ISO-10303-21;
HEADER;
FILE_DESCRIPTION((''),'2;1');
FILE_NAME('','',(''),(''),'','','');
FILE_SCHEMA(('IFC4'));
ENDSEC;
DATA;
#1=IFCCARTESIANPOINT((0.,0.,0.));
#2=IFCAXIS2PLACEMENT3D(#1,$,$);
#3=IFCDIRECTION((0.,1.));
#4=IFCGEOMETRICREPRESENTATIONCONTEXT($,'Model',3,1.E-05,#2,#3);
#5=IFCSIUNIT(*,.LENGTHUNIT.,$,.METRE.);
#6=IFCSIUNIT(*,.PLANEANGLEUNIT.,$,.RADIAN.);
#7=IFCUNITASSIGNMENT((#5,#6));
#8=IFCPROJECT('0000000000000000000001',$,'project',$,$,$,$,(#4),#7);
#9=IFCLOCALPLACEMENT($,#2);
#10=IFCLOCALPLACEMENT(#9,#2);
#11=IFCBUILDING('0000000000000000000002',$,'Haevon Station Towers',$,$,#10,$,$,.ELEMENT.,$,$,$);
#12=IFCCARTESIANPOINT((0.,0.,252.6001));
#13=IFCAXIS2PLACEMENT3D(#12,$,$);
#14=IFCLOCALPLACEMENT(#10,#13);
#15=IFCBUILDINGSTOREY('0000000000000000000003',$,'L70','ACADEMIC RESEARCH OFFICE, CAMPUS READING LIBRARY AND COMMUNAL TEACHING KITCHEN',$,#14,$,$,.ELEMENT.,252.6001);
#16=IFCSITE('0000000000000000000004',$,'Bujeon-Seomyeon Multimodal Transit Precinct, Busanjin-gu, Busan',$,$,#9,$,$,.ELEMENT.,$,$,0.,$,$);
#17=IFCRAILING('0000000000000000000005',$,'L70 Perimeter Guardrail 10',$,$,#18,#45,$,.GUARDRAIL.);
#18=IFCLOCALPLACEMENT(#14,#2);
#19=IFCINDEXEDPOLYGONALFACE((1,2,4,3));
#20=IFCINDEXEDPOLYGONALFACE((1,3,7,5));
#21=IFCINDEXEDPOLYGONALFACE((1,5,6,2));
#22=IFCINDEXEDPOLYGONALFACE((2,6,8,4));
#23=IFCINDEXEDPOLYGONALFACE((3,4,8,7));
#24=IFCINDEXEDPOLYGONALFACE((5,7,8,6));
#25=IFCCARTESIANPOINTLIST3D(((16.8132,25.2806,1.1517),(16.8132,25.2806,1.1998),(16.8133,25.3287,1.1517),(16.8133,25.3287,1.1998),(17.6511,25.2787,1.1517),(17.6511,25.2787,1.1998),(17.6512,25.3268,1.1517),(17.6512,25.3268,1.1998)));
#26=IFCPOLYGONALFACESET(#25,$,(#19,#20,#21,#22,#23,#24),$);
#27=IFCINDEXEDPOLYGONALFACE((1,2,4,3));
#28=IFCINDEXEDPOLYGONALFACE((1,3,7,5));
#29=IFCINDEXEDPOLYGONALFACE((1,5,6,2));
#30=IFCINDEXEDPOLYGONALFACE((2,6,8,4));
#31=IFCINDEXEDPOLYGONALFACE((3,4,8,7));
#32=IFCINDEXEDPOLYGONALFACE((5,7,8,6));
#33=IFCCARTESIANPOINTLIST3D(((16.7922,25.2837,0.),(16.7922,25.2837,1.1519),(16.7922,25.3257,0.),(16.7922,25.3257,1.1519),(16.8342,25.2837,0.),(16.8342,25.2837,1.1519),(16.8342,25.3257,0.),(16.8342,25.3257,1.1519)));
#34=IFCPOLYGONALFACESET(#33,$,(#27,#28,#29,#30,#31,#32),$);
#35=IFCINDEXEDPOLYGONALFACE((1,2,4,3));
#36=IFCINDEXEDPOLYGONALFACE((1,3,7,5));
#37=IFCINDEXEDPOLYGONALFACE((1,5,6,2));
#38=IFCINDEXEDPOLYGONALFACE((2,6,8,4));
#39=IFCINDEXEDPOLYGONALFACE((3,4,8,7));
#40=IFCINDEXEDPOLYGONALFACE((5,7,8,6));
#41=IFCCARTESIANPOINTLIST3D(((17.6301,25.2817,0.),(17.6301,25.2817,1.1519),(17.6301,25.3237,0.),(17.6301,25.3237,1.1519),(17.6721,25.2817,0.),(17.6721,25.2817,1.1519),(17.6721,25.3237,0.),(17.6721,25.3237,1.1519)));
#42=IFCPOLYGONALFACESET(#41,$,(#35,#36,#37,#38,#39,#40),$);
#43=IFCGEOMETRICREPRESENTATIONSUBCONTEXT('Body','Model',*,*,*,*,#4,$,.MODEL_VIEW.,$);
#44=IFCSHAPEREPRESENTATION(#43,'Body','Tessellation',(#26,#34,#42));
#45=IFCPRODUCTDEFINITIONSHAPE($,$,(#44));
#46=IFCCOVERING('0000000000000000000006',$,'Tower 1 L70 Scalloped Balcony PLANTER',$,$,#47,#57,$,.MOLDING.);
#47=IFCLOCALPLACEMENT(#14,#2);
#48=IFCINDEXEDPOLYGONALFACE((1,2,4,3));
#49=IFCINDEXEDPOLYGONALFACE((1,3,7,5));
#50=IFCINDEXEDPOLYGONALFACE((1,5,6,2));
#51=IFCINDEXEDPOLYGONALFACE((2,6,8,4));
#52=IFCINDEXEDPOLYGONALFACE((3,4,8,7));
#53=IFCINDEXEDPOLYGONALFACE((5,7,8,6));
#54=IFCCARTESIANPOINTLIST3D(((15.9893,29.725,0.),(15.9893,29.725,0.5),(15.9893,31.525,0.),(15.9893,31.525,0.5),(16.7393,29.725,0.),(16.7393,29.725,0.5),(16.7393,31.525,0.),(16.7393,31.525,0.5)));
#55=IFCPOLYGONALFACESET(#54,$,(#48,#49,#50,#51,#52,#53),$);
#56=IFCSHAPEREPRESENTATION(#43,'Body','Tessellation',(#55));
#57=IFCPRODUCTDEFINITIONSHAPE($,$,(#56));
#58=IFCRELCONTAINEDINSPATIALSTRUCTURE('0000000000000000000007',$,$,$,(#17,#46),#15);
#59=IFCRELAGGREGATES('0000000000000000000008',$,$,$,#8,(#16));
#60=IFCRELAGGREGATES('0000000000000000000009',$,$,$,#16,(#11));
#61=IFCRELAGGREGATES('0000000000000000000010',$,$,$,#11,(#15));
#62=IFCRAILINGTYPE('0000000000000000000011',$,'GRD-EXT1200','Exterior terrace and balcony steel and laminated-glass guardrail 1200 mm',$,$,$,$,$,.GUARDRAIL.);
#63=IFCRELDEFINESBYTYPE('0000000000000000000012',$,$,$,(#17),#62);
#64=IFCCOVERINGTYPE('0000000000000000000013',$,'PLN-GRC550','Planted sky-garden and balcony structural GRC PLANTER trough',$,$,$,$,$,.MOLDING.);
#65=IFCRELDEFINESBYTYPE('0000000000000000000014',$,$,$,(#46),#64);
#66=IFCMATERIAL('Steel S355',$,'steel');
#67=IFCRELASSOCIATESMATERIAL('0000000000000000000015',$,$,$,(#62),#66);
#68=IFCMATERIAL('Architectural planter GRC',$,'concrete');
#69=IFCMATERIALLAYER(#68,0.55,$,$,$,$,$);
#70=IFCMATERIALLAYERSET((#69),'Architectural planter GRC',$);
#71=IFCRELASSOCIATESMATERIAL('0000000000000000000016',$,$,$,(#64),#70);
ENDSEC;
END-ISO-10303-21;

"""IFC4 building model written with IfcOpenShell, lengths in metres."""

from ifc_helpers import new_model, si_unit, direction, frame, origin, origin_2d, place, context, subcontext, project, spatial, rectangle, extrude, material, layer, layer_set, type_object, element, save


model = new_model("IFC4")

# Units and contexts
model_context = context("Model", 3, precision=1e-05, world=origin(), true_north=direction((0.0, 1.0)))
body_context = subcontext(model_context, "Body", "Model", "MODEL_VIEW")
ifc_project = project(units=[si_unit("LENGTHUNIT", "METRE"), si_unit("PLANEANGLEUNIT", "RADIAN")], contexts=[model_context])

# Site, building, storey
site_placement = place(None, origin())
site = spatial("IfcSite", under=ifc_project, at=site_placement, Name="Bujeon-Seomyeon Multimodal Transit Precinct, Busanjin-gu, Busan", CompositionType="ELEMENT", RefElevation=0.0)
building_placement = place(site_placement, origin())
building = spatial("IfcBuilding", under=site, at=building_placement, Name="Haevon Station Towers", CompositionType="ELEMENT")
storey_placement = place(building_placement, frame((0.0, 0.0, 252.6001)))
storey = spatial("IfcBuildingStorey", under=building, at=storey_placement, Name="L70", Description="ACADEMIC RESEARCH OFFICE, CAMPUS READING LIBRARY AND COMMUNAL TEACHING KITCHEN", CompositionType="ELEMENT", Elevation=252.6001)

# Shared definitions
ifc_material_1 = material(Name="Steel S355", Category="steel")

# Railing
railing_type = type_object("IfcRailingType", Name="GRD-EXT1200", Description="Exterior terrace and balcony steel and laminated-glass guardrail 1200 mm", PredefinedType="GUARDRAIL", material=ifc_material_1)
railing_1_placement = place(storey_placement, frame((16.8132, 25.3047, 0.0)))
element("IfcRailing", 1, at=railing_1_placement, inside=storey, type_object=railing_type, Name="L70 Perimeter Guardrail 10", PredefinedType="GUARDRAIL", context=body_context, shape_type="SweptSolid", body=[
    extrude(rectangle(XDim=0.0481, YDim=0.0481, at=origin_2d()), frame((0.0, 0.0, 1.1758), z_axis=(0.999997, -0.002331, 0.0), x_axis=(0.002331, 0.999997, 0.0)), (0.0, 0.0, 1.0), 0.8379),
    extrude(rectangle(XDim=0.042, YDim=0.042, at=origin_2d()), origin(), (0.0, 0.0, 1.0), 1.1519),
    extrude(rectangle(XDim=0.042, YDim=0.042, at=origin_2d()), frame((0.8379, -0.002, 0.0)), (0.0, 0.0, 1.0), 1.1519),
])

# Covering
ifc_material_2 = material(Name="Architectural planter GRC", Category="concrete")
ifc_layer_1 = layer(ifc_material_2, 0.55)
ifc_layer_set_1 = layer_set([ifc_layer_1], Name="Architectural planter GRC")
covering_type = type_object("IfcCoveringType", Name="PLN-GRC550", Description="Planted sky-garden and balcony structural GRC PLANTER trough", PredefinedType="MOLDING", material=ifc_layer_set_1)
covering_placement = place(storey_placement, frame((16.3643, 30.625, 0.0), z_axis=(0.0, 0.0, 1.0), x_axis=(1.0, 0.0, 0.0)))
element("IfcCovering", 2, at=covering_placement, inside=storey, type_object=covering_type, Name="Tower 1 L70 Scalloped Balcony PLANTER", PredefinedType="MOLDING", context=body_context, shape_type="SweptSolid", body=[
    extrude(rectangle(XDim=0.75, YDim=1.8, at=origin_2d()), origin(), (0.0, 0.0, 1.0), 0.5),
])

save(model, "model.ifc")
